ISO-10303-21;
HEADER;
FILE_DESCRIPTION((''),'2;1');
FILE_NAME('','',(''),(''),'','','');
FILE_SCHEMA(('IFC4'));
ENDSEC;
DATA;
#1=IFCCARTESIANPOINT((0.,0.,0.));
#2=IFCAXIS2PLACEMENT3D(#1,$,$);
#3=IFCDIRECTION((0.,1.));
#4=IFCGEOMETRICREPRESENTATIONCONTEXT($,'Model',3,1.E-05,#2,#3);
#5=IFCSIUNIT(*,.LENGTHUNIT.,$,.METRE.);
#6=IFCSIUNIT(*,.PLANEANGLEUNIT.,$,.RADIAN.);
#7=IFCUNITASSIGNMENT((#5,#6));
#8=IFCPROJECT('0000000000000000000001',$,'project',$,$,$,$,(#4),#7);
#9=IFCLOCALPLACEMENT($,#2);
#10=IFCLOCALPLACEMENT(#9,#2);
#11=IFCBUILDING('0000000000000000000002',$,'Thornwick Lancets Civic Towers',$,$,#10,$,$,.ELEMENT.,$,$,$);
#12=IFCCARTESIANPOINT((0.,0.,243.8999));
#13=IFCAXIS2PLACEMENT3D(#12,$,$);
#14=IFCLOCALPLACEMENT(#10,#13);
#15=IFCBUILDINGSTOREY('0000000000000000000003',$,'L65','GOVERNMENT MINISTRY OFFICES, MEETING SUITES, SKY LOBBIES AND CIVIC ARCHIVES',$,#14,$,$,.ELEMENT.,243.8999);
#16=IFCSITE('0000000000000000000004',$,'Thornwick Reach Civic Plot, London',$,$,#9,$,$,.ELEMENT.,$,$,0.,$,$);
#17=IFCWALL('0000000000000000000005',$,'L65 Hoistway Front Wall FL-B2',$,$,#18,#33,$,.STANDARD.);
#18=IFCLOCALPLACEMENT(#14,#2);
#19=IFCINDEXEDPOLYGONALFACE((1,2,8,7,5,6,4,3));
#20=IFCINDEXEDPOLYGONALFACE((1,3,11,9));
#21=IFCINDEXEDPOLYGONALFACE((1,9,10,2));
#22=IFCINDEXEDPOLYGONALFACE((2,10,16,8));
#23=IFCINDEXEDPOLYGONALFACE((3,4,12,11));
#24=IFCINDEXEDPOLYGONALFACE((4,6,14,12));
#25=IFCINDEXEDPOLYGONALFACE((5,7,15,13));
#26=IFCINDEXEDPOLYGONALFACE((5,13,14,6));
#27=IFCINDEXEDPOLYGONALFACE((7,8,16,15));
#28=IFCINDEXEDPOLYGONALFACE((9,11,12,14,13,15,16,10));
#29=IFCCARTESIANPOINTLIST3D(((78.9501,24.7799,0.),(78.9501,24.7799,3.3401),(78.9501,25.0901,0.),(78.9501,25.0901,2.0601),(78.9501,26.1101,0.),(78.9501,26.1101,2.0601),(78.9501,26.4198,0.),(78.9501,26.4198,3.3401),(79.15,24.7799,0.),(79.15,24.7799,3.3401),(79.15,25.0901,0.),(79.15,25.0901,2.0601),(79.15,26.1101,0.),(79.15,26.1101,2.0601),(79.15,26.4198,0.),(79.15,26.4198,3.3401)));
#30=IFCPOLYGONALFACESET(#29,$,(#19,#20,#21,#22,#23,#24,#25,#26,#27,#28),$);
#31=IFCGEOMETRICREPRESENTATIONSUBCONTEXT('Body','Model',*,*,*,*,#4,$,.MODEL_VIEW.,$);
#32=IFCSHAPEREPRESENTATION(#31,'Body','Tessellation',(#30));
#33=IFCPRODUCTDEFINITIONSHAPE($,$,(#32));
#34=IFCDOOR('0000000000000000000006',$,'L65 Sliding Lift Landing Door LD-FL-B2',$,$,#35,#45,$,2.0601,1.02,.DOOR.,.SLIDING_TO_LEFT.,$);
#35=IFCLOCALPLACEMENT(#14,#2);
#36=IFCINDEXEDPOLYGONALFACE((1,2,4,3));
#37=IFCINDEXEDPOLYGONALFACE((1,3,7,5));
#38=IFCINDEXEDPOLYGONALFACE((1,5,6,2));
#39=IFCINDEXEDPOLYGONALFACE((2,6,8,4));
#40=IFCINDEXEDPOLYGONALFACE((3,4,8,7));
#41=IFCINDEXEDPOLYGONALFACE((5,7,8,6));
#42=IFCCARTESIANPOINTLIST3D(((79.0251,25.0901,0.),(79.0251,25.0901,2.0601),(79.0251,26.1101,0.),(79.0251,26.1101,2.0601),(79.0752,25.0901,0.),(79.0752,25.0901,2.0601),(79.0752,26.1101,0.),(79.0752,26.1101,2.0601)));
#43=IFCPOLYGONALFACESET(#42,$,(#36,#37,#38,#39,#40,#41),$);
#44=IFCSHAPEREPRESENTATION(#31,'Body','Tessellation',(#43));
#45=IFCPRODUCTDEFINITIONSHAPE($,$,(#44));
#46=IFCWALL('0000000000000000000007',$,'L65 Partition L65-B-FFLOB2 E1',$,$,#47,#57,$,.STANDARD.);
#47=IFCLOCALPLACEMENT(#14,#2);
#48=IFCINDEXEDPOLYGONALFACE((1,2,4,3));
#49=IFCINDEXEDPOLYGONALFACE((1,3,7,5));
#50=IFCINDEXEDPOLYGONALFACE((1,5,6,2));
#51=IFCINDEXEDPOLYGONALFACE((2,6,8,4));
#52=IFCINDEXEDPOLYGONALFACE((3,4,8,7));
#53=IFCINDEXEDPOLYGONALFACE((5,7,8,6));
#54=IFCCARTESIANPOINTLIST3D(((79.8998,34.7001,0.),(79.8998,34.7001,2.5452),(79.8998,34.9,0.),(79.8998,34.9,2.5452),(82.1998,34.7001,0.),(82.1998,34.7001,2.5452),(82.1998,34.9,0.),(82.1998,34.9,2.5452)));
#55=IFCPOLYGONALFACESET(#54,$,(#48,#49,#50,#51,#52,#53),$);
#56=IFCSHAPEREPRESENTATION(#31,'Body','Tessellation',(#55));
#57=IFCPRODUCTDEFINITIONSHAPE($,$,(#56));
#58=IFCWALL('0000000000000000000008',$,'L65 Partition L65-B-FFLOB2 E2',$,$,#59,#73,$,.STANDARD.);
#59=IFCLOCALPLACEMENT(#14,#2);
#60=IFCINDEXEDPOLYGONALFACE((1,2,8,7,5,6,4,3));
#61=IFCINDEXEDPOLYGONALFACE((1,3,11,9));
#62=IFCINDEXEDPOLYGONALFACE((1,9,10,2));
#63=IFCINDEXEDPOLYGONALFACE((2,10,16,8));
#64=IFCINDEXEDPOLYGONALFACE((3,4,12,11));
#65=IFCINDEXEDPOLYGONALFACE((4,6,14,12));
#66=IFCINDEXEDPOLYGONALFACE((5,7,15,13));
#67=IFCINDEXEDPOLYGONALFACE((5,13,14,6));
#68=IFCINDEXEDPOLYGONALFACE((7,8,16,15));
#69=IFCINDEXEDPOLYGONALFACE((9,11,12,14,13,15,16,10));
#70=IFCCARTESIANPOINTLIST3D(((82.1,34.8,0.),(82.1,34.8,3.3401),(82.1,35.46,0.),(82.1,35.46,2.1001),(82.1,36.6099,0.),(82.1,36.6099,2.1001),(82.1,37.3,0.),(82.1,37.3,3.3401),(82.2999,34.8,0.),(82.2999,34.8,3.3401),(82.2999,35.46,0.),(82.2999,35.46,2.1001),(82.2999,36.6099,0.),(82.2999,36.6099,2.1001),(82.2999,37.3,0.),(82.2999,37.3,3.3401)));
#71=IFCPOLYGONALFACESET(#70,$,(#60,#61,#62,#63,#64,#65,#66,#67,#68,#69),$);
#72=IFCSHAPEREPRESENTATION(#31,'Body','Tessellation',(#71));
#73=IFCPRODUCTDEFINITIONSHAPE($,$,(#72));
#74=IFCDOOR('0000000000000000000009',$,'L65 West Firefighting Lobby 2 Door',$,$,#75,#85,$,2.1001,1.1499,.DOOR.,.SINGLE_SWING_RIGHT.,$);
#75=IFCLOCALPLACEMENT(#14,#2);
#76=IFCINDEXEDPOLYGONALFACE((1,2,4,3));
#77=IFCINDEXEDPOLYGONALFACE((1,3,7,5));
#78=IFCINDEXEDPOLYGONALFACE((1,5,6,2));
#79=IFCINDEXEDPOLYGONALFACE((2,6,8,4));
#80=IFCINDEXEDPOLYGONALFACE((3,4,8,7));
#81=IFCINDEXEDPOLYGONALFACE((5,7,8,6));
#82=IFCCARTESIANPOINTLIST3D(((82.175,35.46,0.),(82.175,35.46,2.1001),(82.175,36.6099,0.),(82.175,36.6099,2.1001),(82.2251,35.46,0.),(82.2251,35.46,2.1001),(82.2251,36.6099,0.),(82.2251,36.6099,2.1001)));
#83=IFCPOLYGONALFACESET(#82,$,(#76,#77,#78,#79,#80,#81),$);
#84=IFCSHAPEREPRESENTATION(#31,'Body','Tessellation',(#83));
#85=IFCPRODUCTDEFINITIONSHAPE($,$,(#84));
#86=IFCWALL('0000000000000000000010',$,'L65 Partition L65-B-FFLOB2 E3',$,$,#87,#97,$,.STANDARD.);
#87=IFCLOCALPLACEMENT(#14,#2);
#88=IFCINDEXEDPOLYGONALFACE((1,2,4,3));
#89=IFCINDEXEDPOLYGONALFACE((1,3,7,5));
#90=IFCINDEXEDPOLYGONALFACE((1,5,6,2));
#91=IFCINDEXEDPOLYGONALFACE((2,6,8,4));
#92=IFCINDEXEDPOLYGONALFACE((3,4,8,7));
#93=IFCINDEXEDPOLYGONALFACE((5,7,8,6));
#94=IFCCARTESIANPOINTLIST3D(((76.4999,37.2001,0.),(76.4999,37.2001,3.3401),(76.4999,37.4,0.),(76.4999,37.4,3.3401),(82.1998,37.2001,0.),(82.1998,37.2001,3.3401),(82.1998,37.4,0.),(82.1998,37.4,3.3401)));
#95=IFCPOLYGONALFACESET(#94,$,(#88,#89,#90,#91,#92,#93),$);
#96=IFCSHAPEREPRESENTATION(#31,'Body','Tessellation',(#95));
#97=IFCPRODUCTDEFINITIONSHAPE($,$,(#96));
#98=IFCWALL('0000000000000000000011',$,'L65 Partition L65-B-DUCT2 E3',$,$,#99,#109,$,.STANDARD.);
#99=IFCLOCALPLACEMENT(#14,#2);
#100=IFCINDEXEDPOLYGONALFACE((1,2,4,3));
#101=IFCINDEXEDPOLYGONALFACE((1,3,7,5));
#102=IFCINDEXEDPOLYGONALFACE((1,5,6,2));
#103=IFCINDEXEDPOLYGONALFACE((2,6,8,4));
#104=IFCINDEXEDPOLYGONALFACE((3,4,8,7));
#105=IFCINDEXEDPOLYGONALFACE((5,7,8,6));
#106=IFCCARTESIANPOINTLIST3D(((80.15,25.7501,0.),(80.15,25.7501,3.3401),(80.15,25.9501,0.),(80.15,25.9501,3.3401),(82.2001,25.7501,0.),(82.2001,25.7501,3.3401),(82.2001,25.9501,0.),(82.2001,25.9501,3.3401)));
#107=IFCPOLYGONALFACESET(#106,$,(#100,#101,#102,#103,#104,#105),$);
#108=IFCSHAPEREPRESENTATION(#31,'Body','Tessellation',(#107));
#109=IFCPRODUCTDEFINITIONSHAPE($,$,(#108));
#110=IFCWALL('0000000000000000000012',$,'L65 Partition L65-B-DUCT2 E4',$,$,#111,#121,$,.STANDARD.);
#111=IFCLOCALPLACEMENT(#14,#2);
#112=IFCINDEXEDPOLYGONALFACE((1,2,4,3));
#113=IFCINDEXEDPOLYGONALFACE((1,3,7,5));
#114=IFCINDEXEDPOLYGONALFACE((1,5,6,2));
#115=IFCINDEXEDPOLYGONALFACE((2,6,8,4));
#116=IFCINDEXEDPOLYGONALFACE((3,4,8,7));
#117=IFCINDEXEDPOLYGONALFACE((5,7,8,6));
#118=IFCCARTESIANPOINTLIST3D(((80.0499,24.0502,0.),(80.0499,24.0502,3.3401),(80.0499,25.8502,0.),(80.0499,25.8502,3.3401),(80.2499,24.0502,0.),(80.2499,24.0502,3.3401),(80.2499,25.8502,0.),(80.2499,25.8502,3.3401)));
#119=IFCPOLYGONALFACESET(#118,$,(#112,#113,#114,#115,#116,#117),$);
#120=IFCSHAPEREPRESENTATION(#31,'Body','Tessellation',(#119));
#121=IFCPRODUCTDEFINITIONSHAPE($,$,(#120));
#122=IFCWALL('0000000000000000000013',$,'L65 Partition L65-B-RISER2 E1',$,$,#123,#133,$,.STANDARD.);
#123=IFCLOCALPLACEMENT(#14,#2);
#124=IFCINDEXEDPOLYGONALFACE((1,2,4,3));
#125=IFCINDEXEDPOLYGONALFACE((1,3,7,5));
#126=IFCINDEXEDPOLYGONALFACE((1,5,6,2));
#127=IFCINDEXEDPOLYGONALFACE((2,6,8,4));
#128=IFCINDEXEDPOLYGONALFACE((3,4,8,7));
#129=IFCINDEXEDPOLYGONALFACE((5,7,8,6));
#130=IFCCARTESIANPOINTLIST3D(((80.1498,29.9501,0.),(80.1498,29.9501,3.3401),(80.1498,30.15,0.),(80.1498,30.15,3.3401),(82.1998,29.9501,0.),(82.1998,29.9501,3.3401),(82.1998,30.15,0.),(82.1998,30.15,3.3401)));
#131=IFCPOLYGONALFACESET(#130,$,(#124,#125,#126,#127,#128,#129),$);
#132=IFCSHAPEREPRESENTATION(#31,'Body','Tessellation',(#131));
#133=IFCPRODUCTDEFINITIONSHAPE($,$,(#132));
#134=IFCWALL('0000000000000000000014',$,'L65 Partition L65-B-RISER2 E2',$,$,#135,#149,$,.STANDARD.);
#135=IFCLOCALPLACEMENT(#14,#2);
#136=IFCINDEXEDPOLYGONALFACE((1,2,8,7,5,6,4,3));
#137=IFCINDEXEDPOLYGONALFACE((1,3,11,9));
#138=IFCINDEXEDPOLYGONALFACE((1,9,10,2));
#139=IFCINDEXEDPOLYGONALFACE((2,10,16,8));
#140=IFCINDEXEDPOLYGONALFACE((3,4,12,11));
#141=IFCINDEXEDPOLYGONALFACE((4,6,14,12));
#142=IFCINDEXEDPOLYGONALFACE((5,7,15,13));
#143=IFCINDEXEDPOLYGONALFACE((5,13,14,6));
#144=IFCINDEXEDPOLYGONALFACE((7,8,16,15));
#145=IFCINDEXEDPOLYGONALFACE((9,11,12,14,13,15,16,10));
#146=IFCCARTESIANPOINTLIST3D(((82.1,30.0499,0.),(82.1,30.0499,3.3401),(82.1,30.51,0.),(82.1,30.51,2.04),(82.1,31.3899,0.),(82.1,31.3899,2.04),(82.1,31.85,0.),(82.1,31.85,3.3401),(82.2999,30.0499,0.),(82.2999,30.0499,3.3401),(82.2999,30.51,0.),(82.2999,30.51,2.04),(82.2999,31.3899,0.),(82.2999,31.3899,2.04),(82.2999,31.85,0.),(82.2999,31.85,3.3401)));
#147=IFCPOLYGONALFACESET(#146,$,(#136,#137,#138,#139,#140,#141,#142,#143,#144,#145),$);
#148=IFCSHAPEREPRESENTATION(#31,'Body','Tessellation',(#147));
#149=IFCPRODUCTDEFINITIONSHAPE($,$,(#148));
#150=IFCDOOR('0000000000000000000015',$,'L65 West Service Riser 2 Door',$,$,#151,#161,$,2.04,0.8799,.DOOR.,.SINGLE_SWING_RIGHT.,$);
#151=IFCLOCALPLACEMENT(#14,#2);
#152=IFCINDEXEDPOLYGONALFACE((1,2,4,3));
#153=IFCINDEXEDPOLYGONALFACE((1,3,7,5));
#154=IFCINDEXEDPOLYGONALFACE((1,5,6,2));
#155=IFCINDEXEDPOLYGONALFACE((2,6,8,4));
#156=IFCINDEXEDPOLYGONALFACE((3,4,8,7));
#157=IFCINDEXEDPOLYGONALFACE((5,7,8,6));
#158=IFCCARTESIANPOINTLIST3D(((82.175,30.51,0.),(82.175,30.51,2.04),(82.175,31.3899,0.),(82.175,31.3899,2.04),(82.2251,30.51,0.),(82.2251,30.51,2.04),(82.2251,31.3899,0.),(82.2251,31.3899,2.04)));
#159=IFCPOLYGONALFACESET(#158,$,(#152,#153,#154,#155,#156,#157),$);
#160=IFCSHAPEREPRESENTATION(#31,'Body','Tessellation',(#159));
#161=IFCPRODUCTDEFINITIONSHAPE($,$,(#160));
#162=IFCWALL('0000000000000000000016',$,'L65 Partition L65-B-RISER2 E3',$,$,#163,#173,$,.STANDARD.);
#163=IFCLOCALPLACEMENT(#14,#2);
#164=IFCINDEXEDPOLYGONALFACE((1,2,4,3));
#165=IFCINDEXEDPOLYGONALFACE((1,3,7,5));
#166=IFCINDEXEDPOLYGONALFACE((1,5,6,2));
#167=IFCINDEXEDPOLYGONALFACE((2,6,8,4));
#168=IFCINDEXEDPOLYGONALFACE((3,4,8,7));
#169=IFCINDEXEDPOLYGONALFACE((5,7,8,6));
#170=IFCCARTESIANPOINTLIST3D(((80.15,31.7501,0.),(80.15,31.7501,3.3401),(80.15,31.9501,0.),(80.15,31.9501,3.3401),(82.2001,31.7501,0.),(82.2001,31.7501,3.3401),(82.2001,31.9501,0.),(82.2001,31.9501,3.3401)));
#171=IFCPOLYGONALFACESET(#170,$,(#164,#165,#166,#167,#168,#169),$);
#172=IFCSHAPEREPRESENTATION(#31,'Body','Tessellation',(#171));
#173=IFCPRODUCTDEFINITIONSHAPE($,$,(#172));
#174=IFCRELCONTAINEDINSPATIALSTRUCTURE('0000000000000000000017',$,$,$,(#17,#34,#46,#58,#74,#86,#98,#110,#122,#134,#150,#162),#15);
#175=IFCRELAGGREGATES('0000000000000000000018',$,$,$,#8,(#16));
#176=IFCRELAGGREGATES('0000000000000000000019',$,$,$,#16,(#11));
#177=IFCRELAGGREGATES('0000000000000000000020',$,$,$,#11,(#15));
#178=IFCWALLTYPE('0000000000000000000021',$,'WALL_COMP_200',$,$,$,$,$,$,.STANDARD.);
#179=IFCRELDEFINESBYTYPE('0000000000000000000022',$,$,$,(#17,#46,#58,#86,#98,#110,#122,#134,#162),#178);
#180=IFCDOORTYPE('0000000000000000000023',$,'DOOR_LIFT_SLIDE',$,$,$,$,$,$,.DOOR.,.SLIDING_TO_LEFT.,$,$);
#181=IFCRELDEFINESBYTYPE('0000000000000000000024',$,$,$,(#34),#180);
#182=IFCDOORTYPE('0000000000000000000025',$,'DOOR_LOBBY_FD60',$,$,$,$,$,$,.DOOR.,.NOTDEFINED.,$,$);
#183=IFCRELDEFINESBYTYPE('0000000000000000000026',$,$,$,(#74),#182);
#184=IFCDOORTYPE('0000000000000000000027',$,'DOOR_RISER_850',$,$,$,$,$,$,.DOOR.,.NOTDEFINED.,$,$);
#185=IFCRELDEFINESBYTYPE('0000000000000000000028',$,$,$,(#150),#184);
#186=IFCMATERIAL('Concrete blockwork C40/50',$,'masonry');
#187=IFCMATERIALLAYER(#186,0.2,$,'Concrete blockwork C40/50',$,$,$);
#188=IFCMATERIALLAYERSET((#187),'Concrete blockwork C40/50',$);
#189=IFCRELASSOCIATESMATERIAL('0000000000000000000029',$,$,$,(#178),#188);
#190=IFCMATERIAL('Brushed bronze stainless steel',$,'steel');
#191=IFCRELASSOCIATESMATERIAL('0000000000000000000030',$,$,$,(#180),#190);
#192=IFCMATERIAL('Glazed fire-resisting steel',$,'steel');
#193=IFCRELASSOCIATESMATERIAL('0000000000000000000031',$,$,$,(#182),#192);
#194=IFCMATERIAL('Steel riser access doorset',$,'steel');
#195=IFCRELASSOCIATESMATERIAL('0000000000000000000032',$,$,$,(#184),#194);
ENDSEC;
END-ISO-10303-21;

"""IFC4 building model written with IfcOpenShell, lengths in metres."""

from ifc_helpers import new_model, si_unit, direction, frame, frame_2d, origin, place, context, subcontext, project, spatial, rectangle, extrude, material, layer, layer_set, type_object, element, fill, save


model = new_model("IFC4")

# Units and contexts
model_context = context("Model", 3, precision=1e-05, world=origin(), true_north=direction((0.0, 1.0)))
body_context = subcontext(model_context, "Body", "Model", "MODEL_VIEW")
ifc_project = project(units=[si_unit("LENGTHUNIT", "METRE"), si_unit("PLANEANGLEUNIT", "RADIAN")], contexts=[model_context])

# Site, building, storey
site_placement = place(None, origin())
site = spatial("IfcSite", under=ifc_project, at=site_placement, Name="Thornwick Reach Civic Plot, London", CompositionType="ELEMENT", RefElevation=0.0)
building_placement = place(site_placement, origin())
building = spatial("IfcBuilding", under=site, at=building_placement, Name="Thornwick Lancets Civic Towers", CompositionType="ELEMENT")
storey_placement = place(building_placement, frame((0.0, 0.0, 243.8999)))
storey = spatial("IfcBuildingStorey", under=building, at=storey_placement, Name="L65", Description="GOVERNMENT MINISTRY OFFICES, MEETING SUITES, SKY LOBBIES AND CIVIC ARCHIVES", CompositionType="ELEMENT", Elevation=243.8999)

# Wall, opening, door
ifc_material_1 = material(Name="Concrete blockwork C40/50", Category="masonry")
ifc_layer_1 = layer(ifc_material_1, 0.2, Name="Concrete blockwork C40/50")
ifc_layer_set_1 = layer_set([ifc_layer_1], Name="Concrete blockwork C40/50")
wall_type_1 = type_object("IfcWallType", Name="WALL_COMP_200", PredefinedType="STANDARD", material=ifc_layer_set_1)
wall_1_placement = place(storey_placement, frame((79.05, 24.78, 0.0), z_axis=(0.0, 0.0, 1.0), x_axis=(0.0, 1.0, 0.0)))
wall_1 = element("IfcWall", 1, at=wall_1_placement, inside=storey, type_object=wall_type_1, Name="L65 Hoistway Front Wall FL-B2", PredefinedType="STANDARD", context=body_context, shape_type="SweptSolid", body=[
    extrude(rectangle(XDim=1.6399, YDim=0.2, at=frame_2d((0.8198, 0.0))), origin(), (0.0, 0.0, 1.0), 3.3401),
])
opening_1_placement = place(wall_1_placement, frame((0.3101, 0.0, 0.0)))
opening_1 = element("IfcOpeningElement", 2, at=opening_1_placement, cuts=wall_1, PredefinedType="OPENING", context=body_context, shape_type="SweptSolid", body=[
    extrude(rectangle(XDim=1.02, YDim=2.0601, at=frame_2d((0.51, 1.03))), frame((0.0, 0.1099, 0.0), z_axis=(0.0, -1.0, 0.0), x_axis=(1.0, 0.0, 0.0)), (0.0, 0.0, 1.0), 0.22),
])
ifc_material_2 = material(Name="Brushed bronze stainless steel", Category="steel")
door_type_1 = type_object("IfcDoorType", Name="DOOR_LIFT_SLIDE", OperationType="SLIDING_TO_LEFT", PredefinedType="DOOR", material=ifc_material_2)
door_1_placement = place(opening_1_placement, origin())
door_1 = element("IfcDoor", 3, at=door_1_placement, inside=storey, type_object=door_type_1, Name="L65 Sliding Lift Landing Door LD-FL-B2", OperationType="SLIDING_TO_LEFT", OverallHeight=2.0601, OverallWidth=1.02, PredefinedType="DOOR", context=body_context, shape_type="SweptSolid", body=[
    extrude(rectangle(XDim=1.02, YDim=2.0601, at=frame_2d((0.51, 1.03))), frame((0.0, 0.0249, 0.0), z_axis=(0.0, -1.0, 0.0), x_axis=(1.0, 0.0, 0.0)), (0.0, 0.0, 1.0), 0.05),
])
fill(opening_1, door_1)

# Wall
wall_2_placement = place(storey_placement, frame((79.8999, 34.8, 0.0), z_axis=(0.0, 0.0, 1.0), x_axis=(1.0, 0.0, 0.0)))
element("IfcWall", 4, at=wall_2_placement, inside=storey, type_object=wall_type_1, Name="L65 Partition L65-B-FFLOB2 E1", PredefinedType="STANDARD", context=body_context, shape_type="SweptSolid", body=[
    extrude(rectangle(XDim=2.3, YDim=0.2, at=frame_2d((1.1499, 0.0))), origin(), (0.0, 0.0, 1.0), 2.5452),
])

# Wall, opening, door
wall_3_placement = place(storey_placement, frame((82.2, 34.8, 0.0), z_axis=(0.0, 0.0, 1.0), x_axis=(0.0, 1.0, 0.0)))
wall_3 = element("IfcWall", 5, at=wall_3_placement, inside=storey, type_object=wall_type_1, Name="L65 Partition L65-B-FFLOB2 E2", PredefinedType="STANDARD", context=body_context, shape_type="SweptSolid", body=[
    extrude(rectangle(XDim=2.5, YDim=0.2, at=frame_2d((1.25, 0.0))), origin(), (0.0, 0.0, 1.0), 3.3401),
])
opening_2_placement = place(wall_3_placement, frame((0.6599, 0.0, 0.0)))
opening_2 = element("IfcOpeningElement", 6, at=opening_2_placement, cuts=wall_3, PredefinedType="OPENING", context=body_context, shape_type="SweptSolid", body=[
    extrude(rectangle(XDim=1.1499, YDim=2.1001, at=frame_2d((0.575, 1.05))), frame((0.0, 0.1099, 0.0), z_axis=(0.0, -1.0, 0.0), x_axis=(1.0, 0.0, 0.0)), (0.0, 0.0, 1.0), 0.22),
])
ifc_material_3 = material(Name="Glazed fire-resisting steel", Category="steel")
door_type_2 = type_object("IfcDoorType", Name="DOOR_LOBBY_FD60", OperationType="NOTDEFINED", PredefinedType="DOOR", material=ifc_material_3)
door_2_placement = place(opening_2_placement, origin())
door_2 = element("IfcDoor", 7, at=door_2_placement, inside=storey, type_object=door_type_2, Name="L65 West Firefighting Lobby 2 Door", OperationType="SINGLE_SWING_RIGHT", OverallHeight=2.1001, OverallWidth=1.1499, PredefinedType="DOOR", context=body_context, shape_type="SweptSolid", body=[
    extrude(rectangle(XDim=1.1499, YDim=2.1001, at=frame_2d((0.575, 1.05))), frame((0.0, 0.0249, 0.0), z_axis=(0.0, -1.0, 0.0), x_axis=(1.0, 0.0, 0.0)), (0.0, 0.0, 1.0), 0.05),
])
fill(opening_2, door_2)

# Walls
wall_4_placement = place(storey_placement, frame((82.2, 37.3, 0.0), z_axis=(0.0, 0.0, 1.0), x_axis=(-1.0, 0.0, 0.0)))
element("IfcWall", 8, at=wall_4_placement, inside=storey, type_object=wall_type_1, Name="L65 Partition L65-B-FFLOB2 E3", PredefinedType="STANDARD", context=body_context, shape_type="SweptSolid", body=[
    extrude(rectangle(XDim=5.7, YDim=0.2, at=frame_2d((2.8501, 0.0))), origin(), (0.0, 0.0, 1.0), 3.3401),
])
wall_5_placement = place(storey_placement, frame((82.2, 25.8501, 0.0), z_axis=(0.0, 0.0, 1.0), x_axis=(-1.0, 0.0, 0.0)))
element("IfcWall", 9, at=wall_5_placement, inside=storey, type_object=wall_type_1, Name="L65 Partition L65-B-DUCT2 E3", PredefinedType="STANDARD", context=body_context, shape_type="SweptSolid", body=[
    extrude(rectangle(XDim=2.05, YDim=0.2, at=frame_2d((1.0249, 0.0))), origin(), (0.0, 0.0, 1.0), 3.3401),
])
wall_6_placement = place(storey_placement, frame((80.1499, 25.8501, 0.0), z_axis=(0.0, 0.0, 1.0), x_axis=(0.0, -1.0, 0.0)))
element("IfcWall", 10, at=wall_6_placement, inside=storey, type_object=wall_type_1, Name="L65 Partition L65-B-DUCT2 E4", PredefinedType="STANDARD", context=body_context, shape_type="SweptSolid", body=[
    extrude(rectangle(XDim=1.8, YDim=0.2, at=frame_2d((0.8999, 0.0))), origin(), (0.0, 0.0, 1.0), 3.3401),
])
wall_7_placement = place(storey_placement, frame((80.1499, 30.05, 0.0), z_axis=(0.0, 0.0, 1.0), x_axis=(1.0, 0.0, 0.0)))
element("IfcWall", 11, at=wall_7_placement, inside=storey, type_object=wall_type_1, Name="L65 Partition L65-B-RISER2 E1", PredefinedType="STANDARD", context=body_context, shape_type="SweptSolid", body=[
    extrude(rectangle(XDim=2.05, YDim=0.2, at=frame_2d((1.0249, 0.0))), origin(), (0.0, 0.0, 1.0), 3.3401),
])

# Wall, opening, door
wall_8_placement = place(storey_placement, frame((82.2, 30.05, 0.0), z_axis=(0.0, 0.0, 1.0), x_axis=(0.0, 1.0, 0.0)))
wall_8 = element("IfcWall", 12, at=wall_8_placement, inside=storey, type_object=wall_type_1, Name="L65 Partition L65-B-RISER2 E2", PredefinedType="STANDARD", context=body_context, shape_type="SweptSolid", body=[
    extrude(rectangle(XDim=1.8, YDim=0.2, at=frame_2d((0.8999, 0.0))), origin(), (0.0, 0.0, 1.0), 3.3401),
])
opening_3_placement = place(wall_8_placement, frame((0.46, 0.0, 0.0)))
opening_3 = element("IfcOpeningElement", 13, at=opening_3_placement, cuts=wall_8, PredefinedType="OPENING", context=body_context, shape_type="SweptSolid", body=[
    extrude(rectangle(XDim=0.8799, YDim=2.04, at=frame_2d((0.4399, 1.02))), frame((0.0, 0.1099, 0.0), z_axis=(0.0, -1.0, 0.0), x_axis=(1.0, 0.0, 0.0)), (0.0, 0.0, 1.0), 0.22),
])
ifc_material_4 = material(Name="Steel riser access doorset", Category="steel")
door_type_3 = type_object("IfcDoorType", Name="DOOR_RISER_850", OperationType="NOTDEFINED", PredefinedType="DOOR", material=ifc_material_4)
door_3_placement = place(opening_3_placement, origin())
door_3 = element("IfcDoor", 14, at=door_3_placement, inside=storey, type_object=door_type_3, Name="L65 West Service Riser 2 Door", OperationType="SINGLE_SWING_RIGHT", OverallHeight=2.04, OverallWidth=0.8799, PredefinedType="DOOR", context=body_context, shape_type="SweptSolid", body=[
    extrude(rectangle(XDim=0.8799, YDim=2.04, at=frame_2d((0.4399, 1.02))), frame((0.0, 0.0249, 0.0), z_axis=(0.0, -1.0, 0.0), x_axis=(1.0, 0.0, 0.0)), (0.0, 0.0, 1.0), 0.05),
])
fill(opening_3, door_3)

# Wall
wall_9_placement = place(storey_placement, frame((82.2, 31.8501, 0.0), z_axis=(0.0, 0.0, 1.0), x_axis=(-1.0, 0.0, 0.0)))
element("IfcWall", 15, at=wall_9_placement, inside=storey, type_object=wall_type_1, Name="L65 Partition L65-B-RISER2 E3", PredefinedType="STANDARD", context=body_context, shape_type="SweptSolid", body=[
    extrude(rectangle(XDim=2.05, YDim=0.2, at=frame_2d((1.0249, 0.0))), origin(), (0.0, 0.0, 1.0), 3.3401),
])

save(model, "model.ifc")
